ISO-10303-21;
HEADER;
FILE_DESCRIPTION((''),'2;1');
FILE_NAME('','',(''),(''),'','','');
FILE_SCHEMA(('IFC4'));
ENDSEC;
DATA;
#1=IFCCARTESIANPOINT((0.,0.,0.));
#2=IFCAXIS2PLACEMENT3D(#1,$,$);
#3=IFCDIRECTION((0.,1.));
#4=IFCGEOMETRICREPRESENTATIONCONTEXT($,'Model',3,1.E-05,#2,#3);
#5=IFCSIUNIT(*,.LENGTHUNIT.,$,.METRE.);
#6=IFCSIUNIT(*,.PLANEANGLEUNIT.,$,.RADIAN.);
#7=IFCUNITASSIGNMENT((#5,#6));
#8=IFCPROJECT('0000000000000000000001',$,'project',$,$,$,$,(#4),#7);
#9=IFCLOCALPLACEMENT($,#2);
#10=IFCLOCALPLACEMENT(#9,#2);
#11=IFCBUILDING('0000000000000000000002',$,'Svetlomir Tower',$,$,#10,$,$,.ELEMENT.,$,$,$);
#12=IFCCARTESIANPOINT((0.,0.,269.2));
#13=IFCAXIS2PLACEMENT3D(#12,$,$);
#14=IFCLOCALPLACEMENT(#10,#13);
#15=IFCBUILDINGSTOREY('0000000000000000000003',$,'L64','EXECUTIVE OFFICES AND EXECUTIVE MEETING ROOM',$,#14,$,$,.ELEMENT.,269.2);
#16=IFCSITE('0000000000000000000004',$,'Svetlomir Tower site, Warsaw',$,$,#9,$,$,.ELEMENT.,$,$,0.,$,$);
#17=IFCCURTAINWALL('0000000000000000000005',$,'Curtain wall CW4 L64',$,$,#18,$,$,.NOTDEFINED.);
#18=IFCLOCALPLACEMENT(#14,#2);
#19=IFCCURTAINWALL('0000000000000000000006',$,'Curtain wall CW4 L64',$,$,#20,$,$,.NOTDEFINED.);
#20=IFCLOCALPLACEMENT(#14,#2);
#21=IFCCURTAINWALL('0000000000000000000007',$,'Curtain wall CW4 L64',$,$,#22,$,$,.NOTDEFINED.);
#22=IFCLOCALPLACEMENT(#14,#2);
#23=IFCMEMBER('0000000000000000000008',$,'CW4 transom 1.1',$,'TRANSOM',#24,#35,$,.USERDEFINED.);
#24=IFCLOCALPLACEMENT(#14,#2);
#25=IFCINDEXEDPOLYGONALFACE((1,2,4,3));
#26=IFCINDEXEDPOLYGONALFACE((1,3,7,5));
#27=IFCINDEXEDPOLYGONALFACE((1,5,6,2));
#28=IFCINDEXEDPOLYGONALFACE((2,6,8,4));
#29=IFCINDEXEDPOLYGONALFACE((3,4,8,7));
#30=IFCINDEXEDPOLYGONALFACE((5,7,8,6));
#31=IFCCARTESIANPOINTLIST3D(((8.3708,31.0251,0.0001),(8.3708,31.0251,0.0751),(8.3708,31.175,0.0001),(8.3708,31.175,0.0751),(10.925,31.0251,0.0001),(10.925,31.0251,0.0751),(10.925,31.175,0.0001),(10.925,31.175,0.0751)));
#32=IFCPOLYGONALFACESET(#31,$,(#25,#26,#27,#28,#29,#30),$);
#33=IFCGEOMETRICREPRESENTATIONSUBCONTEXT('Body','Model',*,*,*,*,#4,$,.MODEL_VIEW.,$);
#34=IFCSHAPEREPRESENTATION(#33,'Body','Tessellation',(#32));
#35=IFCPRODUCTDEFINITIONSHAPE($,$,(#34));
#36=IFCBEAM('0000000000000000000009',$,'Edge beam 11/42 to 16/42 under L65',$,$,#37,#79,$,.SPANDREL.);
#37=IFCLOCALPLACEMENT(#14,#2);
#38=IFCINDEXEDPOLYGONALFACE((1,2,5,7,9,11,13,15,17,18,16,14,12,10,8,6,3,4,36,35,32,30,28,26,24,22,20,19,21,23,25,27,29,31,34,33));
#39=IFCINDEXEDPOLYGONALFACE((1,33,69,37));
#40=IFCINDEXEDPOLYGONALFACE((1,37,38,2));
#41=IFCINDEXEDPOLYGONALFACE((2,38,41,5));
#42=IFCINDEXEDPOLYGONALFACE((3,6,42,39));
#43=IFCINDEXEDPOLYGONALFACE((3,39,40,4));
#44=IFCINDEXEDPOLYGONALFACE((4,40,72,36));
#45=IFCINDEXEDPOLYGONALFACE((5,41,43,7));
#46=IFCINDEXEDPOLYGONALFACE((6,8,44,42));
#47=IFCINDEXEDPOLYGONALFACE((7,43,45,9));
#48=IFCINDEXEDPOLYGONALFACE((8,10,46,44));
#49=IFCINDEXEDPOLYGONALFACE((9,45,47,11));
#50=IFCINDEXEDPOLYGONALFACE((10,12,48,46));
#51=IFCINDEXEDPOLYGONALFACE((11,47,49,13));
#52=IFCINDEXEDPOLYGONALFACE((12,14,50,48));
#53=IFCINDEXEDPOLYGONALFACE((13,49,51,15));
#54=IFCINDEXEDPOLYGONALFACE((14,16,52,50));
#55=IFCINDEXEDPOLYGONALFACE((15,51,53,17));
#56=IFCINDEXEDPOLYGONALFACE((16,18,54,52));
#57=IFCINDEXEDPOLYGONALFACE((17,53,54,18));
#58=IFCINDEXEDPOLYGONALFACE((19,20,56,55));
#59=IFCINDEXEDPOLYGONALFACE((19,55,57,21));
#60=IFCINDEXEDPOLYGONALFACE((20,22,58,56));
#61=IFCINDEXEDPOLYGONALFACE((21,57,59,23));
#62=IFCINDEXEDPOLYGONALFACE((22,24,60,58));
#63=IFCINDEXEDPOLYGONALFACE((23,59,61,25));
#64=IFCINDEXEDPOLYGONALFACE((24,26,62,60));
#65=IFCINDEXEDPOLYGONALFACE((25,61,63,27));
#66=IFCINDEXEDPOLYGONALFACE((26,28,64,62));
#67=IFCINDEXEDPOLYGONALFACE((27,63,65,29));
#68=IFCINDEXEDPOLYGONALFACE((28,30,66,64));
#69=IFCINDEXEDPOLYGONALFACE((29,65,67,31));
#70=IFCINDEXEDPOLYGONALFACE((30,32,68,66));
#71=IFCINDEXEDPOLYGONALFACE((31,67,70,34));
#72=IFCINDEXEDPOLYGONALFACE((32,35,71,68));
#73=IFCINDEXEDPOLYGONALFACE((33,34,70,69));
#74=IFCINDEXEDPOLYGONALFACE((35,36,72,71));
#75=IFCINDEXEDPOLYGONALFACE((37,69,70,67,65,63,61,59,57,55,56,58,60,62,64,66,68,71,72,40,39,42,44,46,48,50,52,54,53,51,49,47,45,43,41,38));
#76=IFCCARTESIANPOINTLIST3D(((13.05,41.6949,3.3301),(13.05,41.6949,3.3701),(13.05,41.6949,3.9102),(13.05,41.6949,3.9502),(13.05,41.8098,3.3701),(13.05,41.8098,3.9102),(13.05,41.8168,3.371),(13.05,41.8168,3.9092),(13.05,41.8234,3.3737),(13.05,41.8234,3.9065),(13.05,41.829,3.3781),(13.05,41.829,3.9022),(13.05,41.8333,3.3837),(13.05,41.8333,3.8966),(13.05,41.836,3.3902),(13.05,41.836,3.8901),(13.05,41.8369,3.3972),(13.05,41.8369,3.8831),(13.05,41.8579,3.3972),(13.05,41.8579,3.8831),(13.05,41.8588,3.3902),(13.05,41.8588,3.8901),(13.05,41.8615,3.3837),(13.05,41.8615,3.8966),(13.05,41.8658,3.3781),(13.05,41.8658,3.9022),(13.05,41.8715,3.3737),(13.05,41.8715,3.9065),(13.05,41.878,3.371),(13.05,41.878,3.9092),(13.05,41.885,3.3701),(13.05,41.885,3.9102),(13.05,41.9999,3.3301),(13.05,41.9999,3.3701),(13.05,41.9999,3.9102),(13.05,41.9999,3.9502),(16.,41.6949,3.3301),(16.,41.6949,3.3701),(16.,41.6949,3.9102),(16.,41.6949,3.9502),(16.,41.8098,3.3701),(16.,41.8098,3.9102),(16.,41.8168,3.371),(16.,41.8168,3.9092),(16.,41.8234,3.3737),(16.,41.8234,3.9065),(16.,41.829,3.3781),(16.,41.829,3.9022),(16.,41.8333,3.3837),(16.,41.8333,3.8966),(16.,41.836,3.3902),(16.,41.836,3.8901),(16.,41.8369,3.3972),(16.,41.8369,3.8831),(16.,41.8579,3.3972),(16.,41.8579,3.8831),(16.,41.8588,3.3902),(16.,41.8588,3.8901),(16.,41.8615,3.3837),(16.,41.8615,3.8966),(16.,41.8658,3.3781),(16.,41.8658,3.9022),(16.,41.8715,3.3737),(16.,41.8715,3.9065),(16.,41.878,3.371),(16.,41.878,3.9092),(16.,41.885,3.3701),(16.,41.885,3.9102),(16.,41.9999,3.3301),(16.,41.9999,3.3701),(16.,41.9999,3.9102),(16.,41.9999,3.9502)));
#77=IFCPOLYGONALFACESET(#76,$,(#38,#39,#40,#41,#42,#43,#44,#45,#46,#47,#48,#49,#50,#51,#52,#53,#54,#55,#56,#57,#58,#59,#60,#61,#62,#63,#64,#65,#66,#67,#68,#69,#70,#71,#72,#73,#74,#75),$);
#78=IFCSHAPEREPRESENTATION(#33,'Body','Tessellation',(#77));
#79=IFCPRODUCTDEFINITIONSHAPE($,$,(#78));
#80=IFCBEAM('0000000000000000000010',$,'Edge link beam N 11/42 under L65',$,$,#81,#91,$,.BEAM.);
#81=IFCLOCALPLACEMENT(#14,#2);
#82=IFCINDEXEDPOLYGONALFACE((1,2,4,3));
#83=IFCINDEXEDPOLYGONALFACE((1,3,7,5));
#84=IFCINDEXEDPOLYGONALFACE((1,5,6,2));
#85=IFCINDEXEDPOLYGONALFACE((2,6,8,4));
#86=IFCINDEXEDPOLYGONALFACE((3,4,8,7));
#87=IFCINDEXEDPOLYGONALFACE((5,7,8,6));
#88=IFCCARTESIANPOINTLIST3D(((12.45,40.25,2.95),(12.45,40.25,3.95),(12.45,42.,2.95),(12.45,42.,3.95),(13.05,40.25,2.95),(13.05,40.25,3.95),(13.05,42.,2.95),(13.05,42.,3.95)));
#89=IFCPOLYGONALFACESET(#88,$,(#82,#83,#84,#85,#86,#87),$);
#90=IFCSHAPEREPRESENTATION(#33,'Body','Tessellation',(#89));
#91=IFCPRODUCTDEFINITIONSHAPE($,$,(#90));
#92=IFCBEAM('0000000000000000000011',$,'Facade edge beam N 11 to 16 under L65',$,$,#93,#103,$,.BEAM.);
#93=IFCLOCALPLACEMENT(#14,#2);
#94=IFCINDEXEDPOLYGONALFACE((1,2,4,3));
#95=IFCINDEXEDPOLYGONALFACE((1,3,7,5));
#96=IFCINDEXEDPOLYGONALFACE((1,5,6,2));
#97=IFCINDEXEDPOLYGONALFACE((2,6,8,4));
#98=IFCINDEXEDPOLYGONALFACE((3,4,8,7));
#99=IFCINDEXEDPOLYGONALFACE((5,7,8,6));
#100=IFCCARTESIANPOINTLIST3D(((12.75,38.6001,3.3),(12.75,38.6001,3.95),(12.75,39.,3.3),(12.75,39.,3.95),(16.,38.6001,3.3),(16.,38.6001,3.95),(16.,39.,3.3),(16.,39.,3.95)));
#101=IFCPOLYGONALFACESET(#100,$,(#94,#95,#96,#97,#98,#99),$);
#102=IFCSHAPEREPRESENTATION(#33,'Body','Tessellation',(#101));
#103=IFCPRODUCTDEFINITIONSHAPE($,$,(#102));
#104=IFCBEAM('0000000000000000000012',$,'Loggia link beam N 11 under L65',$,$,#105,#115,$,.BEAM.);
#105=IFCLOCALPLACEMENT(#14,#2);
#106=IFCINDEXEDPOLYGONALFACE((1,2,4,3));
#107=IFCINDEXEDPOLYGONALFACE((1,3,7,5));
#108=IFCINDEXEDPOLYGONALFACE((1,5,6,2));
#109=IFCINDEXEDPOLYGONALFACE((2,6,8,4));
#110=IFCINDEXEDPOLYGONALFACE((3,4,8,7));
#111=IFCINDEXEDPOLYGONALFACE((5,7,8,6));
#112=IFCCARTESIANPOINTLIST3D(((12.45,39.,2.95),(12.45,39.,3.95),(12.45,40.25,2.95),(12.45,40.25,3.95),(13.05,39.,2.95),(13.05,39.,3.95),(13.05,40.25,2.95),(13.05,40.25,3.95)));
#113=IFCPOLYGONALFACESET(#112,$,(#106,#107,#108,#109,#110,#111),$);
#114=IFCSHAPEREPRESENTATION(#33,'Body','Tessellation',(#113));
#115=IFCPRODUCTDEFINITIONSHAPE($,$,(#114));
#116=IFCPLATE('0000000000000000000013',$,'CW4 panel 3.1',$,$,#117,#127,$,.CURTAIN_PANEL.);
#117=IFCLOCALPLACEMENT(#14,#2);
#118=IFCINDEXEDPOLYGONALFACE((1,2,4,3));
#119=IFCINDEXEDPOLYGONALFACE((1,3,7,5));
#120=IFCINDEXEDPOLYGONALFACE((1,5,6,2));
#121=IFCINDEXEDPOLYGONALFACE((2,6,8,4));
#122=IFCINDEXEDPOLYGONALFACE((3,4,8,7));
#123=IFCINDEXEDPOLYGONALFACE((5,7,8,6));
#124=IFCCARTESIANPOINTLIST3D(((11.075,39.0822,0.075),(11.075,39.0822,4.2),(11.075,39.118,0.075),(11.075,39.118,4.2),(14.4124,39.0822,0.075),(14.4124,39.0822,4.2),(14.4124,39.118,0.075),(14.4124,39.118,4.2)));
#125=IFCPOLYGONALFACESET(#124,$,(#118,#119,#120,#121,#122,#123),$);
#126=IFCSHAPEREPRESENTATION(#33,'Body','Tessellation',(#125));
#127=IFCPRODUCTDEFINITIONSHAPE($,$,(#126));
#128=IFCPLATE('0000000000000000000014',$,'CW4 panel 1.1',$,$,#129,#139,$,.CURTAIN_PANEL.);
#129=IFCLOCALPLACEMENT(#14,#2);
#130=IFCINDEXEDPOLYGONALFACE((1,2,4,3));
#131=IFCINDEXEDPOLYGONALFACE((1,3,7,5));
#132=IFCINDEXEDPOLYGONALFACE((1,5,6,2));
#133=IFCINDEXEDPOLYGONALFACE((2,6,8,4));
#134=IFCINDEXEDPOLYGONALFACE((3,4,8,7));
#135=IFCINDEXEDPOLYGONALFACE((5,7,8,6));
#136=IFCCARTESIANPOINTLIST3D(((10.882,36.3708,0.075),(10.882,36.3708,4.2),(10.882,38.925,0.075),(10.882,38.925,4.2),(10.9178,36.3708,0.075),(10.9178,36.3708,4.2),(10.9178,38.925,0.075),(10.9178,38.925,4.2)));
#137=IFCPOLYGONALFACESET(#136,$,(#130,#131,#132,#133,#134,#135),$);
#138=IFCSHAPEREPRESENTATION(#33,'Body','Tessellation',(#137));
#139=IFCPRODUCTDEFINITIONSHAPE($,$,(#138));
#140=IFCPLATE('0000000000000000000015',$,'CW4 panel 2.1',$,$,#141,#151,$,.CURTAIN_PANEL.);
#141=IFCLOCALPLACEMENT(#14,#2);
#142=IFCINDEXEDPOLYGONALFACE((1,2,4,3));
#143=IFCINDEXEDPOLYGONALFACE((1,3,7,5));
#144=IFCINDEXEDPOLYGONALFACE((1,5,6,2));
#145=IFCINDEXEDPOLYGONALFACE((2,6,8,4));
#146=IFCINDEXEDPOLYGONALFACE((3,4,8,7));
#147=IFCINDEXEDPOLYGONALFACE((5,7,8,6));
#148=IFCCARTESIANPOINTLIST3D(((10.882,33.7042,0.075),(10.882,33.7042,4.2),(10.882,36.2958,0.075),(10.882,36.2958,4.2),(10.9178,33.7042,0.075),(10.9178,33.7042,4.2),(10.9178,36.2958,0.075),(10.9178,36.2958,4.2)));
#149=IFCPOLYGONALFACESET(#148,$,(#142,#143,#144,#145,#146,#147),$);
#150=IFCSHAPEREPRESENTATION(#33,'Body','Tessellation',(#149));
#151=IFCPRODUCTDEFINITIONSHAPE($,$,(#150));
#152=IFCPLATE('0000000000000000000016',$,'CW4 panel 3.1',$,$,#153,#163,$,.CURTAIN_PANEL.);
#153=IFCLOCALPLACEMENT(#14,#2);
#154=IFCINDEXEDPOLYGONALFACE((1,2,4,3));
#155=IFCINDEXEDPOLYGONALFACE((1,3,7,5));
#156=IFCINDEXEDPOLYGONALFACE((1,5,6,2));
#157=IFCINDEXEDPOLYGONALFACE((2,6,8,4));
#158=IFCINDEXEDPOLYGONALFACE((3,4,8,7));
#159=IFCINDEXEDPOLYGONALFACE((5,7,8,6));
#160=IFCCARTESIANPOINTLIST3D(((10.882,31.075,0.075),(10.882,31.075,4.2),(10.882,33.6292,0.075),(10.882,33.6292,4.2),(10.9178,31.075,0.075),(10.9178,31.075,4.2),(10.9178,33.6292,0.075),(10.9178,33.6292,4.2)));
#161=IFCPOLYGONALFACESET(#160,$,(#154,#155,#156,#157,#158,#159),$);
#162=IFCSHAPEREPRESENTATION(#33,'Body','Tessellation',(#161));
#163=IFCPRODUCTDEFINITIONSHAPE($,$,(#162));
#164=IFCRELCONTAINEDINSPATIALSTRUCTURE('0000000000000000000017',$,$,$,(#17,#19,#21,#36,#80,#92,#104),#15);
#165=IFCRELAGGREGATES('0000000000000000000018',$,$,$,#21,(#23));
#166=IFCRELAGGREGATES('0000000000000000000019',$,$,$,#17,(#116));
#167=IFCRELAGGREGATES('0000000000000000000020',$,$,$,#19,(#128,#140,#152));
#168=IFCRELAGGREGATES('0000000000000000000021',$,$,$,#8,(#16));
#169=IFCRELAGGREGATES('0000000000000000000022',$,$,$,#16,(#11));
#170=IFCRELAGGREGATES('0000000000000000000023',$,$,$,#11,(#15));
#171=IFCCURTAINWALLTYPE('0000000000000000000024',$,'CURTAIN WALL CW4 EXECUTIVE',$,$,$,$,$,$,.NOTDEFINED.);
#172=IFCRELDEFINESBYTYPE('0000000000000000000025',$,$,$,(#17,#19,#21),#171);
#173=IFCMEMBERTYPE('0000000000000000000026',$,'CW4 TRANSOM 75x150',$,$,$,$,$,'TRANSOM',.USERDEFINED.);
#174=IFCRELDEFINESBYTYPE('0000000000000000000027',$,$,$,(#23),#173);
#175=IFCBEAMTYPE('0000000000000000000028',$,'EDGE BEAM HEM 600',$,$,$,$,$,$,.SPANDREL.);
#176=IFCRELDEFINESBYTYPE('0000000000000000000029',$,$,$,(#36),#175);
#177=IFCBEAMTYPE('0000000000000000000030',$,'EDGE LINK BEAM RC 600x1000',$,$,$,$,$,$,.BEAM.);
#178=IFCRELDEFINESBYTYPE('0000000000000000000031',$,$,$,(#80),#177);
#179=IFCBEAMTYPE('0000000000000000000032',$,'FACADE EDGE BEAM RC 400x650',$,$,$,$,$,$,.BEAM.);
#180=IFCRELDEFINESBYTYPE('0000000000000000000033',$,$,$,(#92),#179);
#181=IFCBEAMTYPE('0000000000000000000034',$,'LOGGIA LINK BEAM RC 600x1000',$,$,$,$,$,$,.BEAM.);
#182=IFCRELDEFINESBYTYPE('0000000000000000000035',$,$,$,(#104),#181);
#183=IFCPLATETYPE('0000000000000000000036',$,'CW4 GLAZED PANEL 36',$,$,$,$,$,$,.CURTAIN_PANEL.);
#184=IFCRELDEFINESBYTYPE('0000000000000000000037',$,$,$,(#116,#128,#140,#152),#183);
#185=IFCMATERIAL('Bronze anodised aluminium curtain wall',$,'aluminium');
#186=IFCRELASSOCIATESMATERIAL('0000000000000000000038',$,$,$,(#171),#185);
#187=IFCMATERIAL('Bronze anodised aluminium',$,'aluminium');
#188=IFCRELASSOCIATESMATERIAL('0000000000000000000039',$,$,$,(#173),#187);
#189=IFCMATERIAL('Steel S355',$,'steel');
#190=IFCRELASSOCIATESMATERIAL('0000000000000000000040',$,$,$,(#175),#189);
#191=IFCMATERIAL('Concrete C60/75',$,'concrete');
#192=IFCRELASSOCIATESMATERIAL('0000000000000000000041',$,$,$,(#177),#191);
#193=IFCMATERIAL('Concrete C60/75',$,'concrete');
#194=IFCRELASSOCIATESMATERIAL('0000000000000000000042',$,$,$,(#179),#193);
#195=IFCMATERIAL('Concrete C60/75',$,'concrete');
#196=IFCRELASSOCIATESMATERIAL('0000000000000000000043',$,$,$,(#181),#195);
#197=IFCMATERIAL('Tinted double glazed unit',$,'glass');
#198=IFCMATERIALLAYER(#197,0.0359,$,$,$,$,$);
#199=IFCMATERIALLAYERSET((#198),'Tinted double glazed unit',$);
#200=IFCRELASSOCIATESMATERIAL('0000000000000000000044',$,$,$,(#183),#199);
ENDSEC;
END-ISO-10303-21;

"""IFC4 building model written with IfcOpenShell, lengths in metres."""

from ifc_helpers import new_model, si_unit, direction, frame, origin, origin_2d, place, context, subcontext, project, spatial, rectangle, i_section, extrude, material, layer, layer_set, material_profile, profile_set, type_object, element, aggregate, save


model = new_model("IFC4")

# Units and contexts
model_context = context("Model", 3, precision=1e-05, world=origin(), true_north=direction((0.0, 1.0)))
body_context = subcontext(model_context, "Body", "Model", "MODEL_VIEW")
ifc_project = project(units=[si_unit("LENGTHUNIT", "METRE"), si_unit("PLANEANGLEUNIT", "RADIAN")], contexts=[model_context])

# Site, building, storey
site_placement = place(None, origin())
site = spatial("IfcSite", under=ifc_project, at=site_placement, Name="Svetlomir Tower site, Warsaw", CompositionType="ELEMENT", RefElevation=0.0)
building_placement = place(site_placement, origin())
building = spatial("IfcBuilding", under=site, at=building_placement, Name="Svetlomir Tower", CompositionType="ELEMENT")
storey_placement = place(building_placement, frame((0.0, 0.0, 269.2)))
storey = spatial("IfcBuildingStorey", under=building, at=storey_placement, Name="L64", Description="EXECUTIVE OFFICES AND EXECUTIVE MEETING ROOM", CompositionType="ELEMENT", Elevation=269.2)

# Curtain walls
ifc_material_1 = material(Name="Bronze anodised aluminium curtain wall", Category="aluminium")
curtain_wall_type = type_object("IfcCurtainWallType", Name="CURTAIN WALL CW4 EXECUTIVE", PredefinedType="NOTDEFINED", material=ifc_material_1)
curtain_wall_1_placement = place(storey_placement, origin())
curtain_wall_1 = element("IfcCurtainWall", 1, at=curtain_wall_1_placement, inside=storey, type_object=curtain_wall_type, Name="Curtain wall CW4 L64", PredefinedType="NOTDEFINED")
curtain_wall_2_placement = place(storey_placement, origin())
curtain_wall_2 = element("IfcCurtainWall", 2, at=curtain_wall_2_placement, inside=storey, type_object=curtain_wall_type, Name="Curtain wall CW4 L64", PredefinedType="NOTDEFINED")
curtain_wall_3_placement = place(storey_placement, origin())
curtain_wall_3 = element("IfcCurtainWall", 3, at=curtain_wall_3_placement, inside=storey, type_object=curtain_wall_type, Name="Curtain wall CW4 L64", PredefinedType="NOTDEFINED")

# Member
ifc_material_2 = material(Name="Bronze anodised aluminium", Category="aluminium")
ifc_material_profile_1 = material_profile(ifc_material_2, rectangle(XDim=0.1499, YDim=0.075, at=origin_2d()), Name="AL 150x75")
ifc_profile_set_1 = profile_set([ifc_material_profile_1], Name="Bronze anodised aluminium 6063-T6")
member_type_1 = type_object("IfcMemberType", Name="CW4 TRANSOM 75x150", ElementType="TRANSOM", PredefinedType="USERDEFINED", material=ifc_profile_set_1)
member_1_placement = place(storey_placement, frame((10.925, 31.1001, 0.0376), z_axis=(-1.0, 0.0, 0.0), x_axis=(0.0, -1.0, 0.0)))
member_1 = element("IfcMember", 4, at=member_1_placement, type_object=member_type_1, Name="CW4 transom 1.1", ObjectType="TRANSOM", PredefinedType="USERDEFINED", context=body_context, shape_type="SweptSolid", body=[
    extrude(rectangle(XDim=0.1499, YDim=0.075, at=origin_2d()), origin(), (0.0, 0.0, 1.0), 2.5542),
])
aggregate(curtain_wall_3, [member_1])

# Beams
ifc_material_3 = material(Name="Steel S355", Category="steel")
ifc_material_profile_2 = material_profile(ifc_material_3, i_section(OverallWidth=0.3049, OverallDepth=0.6201, WebThickness=0.021, FlangeThickness=0.04, FilletRadius=0.0271, at=origin_2d()), Name="HEM 600")
ifc_profile_set_2 = profile_set([ifc_material_profile_2], Name="Steel S355")
beam_type_1 = type_object("IfcBeamType", Name="EDGE BEAM HEM 600", PredefinedType="SPANDREL", material=ifc_profile_set_2)
beam_1_placement = place(storey_placement, frame((13.05, 41.8474, 3.6401), z_axis=(1.0, 0.0, 0.0), x_axis=(0.0, 1.0, 0.0)))
element("IfcBeam", 5, at=beam_1_placement, inside=storey, type_object=beam_type_1, Name="Edge beam 11/42 to 16/42 under L65", PredefinedType="SPANDREL", context=body_context, shape_type="SweptSolid", body=[
    extrude(i_section(OverallWidth=0.3049, OverallDepth=0.6201, WebThickness=0.021, FlangeThickness=0.04, FilletRadius=0.0271, at=origin_2d()), origin(), (0.0, 0.0, 1.0), 2.95),
])
ifc_material_4 = material(Name="Concrete C60/75", Category="concrete")
ifc_material_profile_3 = material_profile(ifc_material_4, rectangle(XDim=0.6001, YDim=1.0, at=origin_2d()), Name="RC 600x1000")
ifc_profile_set_3 = profile_set([ifc_material_profile_3], Name="Concrete C60/75")
beam_type_2 = type_object("IfcBeamType", Name="EDGE LINK BEAM RC 600x1000", PredefinedType="BEAM", material=ifc_profile_set_3)
beam_2_placement = place(storey_placement, frame((12.75, 40.25, 3.45), z_axis=(0.0, 1.0, 0.0), x_axis=(-1.0, 0.0, 0.0)))
element("IfcBeam", 6, at=beam_2_placement, inside=storey, type_object=beam_type_2, Name="Edge link beam N 11/42 under L65", PredefinedType="BEAM", context=body_context, shape_type="SweptSolid", body=[
    extrude(rectangle(XDim=0.6001, YDim=1.0, at=origin_2d()), origin(), (0.0, 0.0, 1.0), 1.75),
])
ifc_material_5 = material(Name="Concrete C60/75", Category="concrete")
ifc_material_profile_4 = material_profile(ifc_material_5, rectangle(XDim=0.3999, YDim=0.6499, at=origin_2d()), Name="RC 400x650")
ifc_profile_set_4 = profile_set([ifc_material_profile_4], Name="Concrete C60/75")
beam_type_3 = type_object("IfcBeamType", Name="FACADE EDGE BEAM RC 400x650", PredefinedType="BEAM", material=ifc_profile_set_4)
beam_3_placement = place(storey_placement, frame((12.75, 38.8, 3.625), z_axis=(1.0, 0.0, 0.0), x_axis=(0.0, 1.0, 0.0)))
element("IfcBeam", 7, at=beam_3_placement, inside=storey, type_object=beam_type_3, Name="Facade edge beam N 11 to 16 under L65", PredefinedType="BEAM", context=body_context, shape_type="SweptSolid", body=[
    extrude(rectangle(XDim=0.3999, YDim=0.6499, at=origin_2d()), origin(), (0.0, 0.0, 1.0), 3.25),
])
ifc_material_6 = material(Name="Concrete C60/75", Category="concrete")
ifc_material_profile_5 = material_profile(ifc_material_6, rectangle(XDim=0.6001, YDim=1.0, at=origin_2d()), Name="RC 600x1000")
ifc_profile_set_5 = profile_set([ifc_material_profile_5], Name="Concrete C60/75")
beam_type_4 = type_object("IfcBeamType", Name="LOGGIA LINK BEAM RC 600x1000", PredefinedType="BEAM", material=ifc_profile_set_5)
beam_4_placement = place(storey_placement, frame((12.75, 40.25, 3.45), z_axis=(0.0, -1.0, 0.0), x_axis=(1.0, 0.0, 0.0)))
element("IfcBeam", 8, at=beam_4_placement, inside=storey, type_object=beam_type_4, Name="Loggia link beam N 11 under L65", PredefinedType="BEAM", context=body_context, shape_type="SweptSolid", body=[
    extrude(rectangle(XDim=0.6001, YDim=1.0, at=origin_2d()), origin(), (0.0, 0.0, 1.0), 1.25),
])

# Plates
ifc_material_7 = material(Name="Tinted double glazed unit", Category="glass")
ifc_layer_1 = layer(ifc_material_7, 0.0359)
ifc_layer_set_1 = layer_set([ifc_layer_1], Name="Tinted double glazed unit")
plate_type = type_object("IfcPlateType", Name="CW4 GLAZED PANEL 36", PredefinedType="CURTAIN_PANEL", material=ifc_layer_set_1)
plate_1_placement = place(storey_placement, frame((12.7437, 39.1001, 0.075), z_axis=(0.0, 0.0, 1.0), x_axis=(-1.0, 0.0, 0.0)))
plate_1 = element("IfcPlate", 9, at=plate_1_placement, type_object=plate_type, Name="CW4 panel 3.1", PredefinedType="CURTAIN_PANEL", context=body_context, shape_type="SweptSolid", body=[
    extrude(rectangle(XDim=3.3374, YDim=0.0359, at=origin_2d()), origin(), (0.0, 0.0, 1.0), 4.125),
])
aggregate(curtain_wall_1, [plate_1])
plate_2_placement = place(storey_placement, frame((10.8999, 37.6479, 0.075), z_axis=(0.0, 0.0, 1.0), x_axis=(0.0, -1.0, 0.0)))
plate_2 = element("IfcPlate", 10, at=plate_2_placement, type_object=plate_type, Name="CW4 panel 1.1", PredefinedType="CURTAIN_PANEL", context=body_context, shape_type="SweptSolid", body=[
    extrude(rectangle(XDim=2.5542, YDim=0.0359, at=origin_2d()), origin(), (0.0, 0.0, 1.0), 4.125),
])
plate_3_placement = place(storey_placement, frame((10.8999, 35.0, 0.075), z_axis=(0.0, 0.0, 1.0), x_axis=(0.0, -1.0, 0.0)))
plate_3 = element("IfcPlate", 11, at=plate_3_placement, type_object=plate_type, Name="CW4 panel 2.1", PredefinedType="CURTAIN_PANEL", context=body_context, shape_type="SweptSolid", body=[
    extrude(rectangle(XDim=2.5916, YDim=0.0359, at=origin_2d()), origin(), (0.0, 0.0, 1.0), 4.125),
])
plate_4_placement = place(storey_placement, frame((10.8999, 32.3521, 0.075), z_axis=(0.0, 0.0, 1.0), x_axis=(0.0, -1.0, 0.0)))
plate_4 = element("IfcPlate", 12, at=plate_4_placement, type_object=plate_type, Name="CW4 panel 3.1", PredefinedType="CURTAIN_PANEL", context=body_context, shape_type="SweptSolid", body=[
    extrude(rectangle(XDim=2.5542, YDim=0.0359, at=origin_2d()), origin(), (0.0, 0.0, 1.0), 4.125),
])
aggregate(curtain_wall_2, [plate_2, plate_3, plate_4])

save(model, "model.ifc")
